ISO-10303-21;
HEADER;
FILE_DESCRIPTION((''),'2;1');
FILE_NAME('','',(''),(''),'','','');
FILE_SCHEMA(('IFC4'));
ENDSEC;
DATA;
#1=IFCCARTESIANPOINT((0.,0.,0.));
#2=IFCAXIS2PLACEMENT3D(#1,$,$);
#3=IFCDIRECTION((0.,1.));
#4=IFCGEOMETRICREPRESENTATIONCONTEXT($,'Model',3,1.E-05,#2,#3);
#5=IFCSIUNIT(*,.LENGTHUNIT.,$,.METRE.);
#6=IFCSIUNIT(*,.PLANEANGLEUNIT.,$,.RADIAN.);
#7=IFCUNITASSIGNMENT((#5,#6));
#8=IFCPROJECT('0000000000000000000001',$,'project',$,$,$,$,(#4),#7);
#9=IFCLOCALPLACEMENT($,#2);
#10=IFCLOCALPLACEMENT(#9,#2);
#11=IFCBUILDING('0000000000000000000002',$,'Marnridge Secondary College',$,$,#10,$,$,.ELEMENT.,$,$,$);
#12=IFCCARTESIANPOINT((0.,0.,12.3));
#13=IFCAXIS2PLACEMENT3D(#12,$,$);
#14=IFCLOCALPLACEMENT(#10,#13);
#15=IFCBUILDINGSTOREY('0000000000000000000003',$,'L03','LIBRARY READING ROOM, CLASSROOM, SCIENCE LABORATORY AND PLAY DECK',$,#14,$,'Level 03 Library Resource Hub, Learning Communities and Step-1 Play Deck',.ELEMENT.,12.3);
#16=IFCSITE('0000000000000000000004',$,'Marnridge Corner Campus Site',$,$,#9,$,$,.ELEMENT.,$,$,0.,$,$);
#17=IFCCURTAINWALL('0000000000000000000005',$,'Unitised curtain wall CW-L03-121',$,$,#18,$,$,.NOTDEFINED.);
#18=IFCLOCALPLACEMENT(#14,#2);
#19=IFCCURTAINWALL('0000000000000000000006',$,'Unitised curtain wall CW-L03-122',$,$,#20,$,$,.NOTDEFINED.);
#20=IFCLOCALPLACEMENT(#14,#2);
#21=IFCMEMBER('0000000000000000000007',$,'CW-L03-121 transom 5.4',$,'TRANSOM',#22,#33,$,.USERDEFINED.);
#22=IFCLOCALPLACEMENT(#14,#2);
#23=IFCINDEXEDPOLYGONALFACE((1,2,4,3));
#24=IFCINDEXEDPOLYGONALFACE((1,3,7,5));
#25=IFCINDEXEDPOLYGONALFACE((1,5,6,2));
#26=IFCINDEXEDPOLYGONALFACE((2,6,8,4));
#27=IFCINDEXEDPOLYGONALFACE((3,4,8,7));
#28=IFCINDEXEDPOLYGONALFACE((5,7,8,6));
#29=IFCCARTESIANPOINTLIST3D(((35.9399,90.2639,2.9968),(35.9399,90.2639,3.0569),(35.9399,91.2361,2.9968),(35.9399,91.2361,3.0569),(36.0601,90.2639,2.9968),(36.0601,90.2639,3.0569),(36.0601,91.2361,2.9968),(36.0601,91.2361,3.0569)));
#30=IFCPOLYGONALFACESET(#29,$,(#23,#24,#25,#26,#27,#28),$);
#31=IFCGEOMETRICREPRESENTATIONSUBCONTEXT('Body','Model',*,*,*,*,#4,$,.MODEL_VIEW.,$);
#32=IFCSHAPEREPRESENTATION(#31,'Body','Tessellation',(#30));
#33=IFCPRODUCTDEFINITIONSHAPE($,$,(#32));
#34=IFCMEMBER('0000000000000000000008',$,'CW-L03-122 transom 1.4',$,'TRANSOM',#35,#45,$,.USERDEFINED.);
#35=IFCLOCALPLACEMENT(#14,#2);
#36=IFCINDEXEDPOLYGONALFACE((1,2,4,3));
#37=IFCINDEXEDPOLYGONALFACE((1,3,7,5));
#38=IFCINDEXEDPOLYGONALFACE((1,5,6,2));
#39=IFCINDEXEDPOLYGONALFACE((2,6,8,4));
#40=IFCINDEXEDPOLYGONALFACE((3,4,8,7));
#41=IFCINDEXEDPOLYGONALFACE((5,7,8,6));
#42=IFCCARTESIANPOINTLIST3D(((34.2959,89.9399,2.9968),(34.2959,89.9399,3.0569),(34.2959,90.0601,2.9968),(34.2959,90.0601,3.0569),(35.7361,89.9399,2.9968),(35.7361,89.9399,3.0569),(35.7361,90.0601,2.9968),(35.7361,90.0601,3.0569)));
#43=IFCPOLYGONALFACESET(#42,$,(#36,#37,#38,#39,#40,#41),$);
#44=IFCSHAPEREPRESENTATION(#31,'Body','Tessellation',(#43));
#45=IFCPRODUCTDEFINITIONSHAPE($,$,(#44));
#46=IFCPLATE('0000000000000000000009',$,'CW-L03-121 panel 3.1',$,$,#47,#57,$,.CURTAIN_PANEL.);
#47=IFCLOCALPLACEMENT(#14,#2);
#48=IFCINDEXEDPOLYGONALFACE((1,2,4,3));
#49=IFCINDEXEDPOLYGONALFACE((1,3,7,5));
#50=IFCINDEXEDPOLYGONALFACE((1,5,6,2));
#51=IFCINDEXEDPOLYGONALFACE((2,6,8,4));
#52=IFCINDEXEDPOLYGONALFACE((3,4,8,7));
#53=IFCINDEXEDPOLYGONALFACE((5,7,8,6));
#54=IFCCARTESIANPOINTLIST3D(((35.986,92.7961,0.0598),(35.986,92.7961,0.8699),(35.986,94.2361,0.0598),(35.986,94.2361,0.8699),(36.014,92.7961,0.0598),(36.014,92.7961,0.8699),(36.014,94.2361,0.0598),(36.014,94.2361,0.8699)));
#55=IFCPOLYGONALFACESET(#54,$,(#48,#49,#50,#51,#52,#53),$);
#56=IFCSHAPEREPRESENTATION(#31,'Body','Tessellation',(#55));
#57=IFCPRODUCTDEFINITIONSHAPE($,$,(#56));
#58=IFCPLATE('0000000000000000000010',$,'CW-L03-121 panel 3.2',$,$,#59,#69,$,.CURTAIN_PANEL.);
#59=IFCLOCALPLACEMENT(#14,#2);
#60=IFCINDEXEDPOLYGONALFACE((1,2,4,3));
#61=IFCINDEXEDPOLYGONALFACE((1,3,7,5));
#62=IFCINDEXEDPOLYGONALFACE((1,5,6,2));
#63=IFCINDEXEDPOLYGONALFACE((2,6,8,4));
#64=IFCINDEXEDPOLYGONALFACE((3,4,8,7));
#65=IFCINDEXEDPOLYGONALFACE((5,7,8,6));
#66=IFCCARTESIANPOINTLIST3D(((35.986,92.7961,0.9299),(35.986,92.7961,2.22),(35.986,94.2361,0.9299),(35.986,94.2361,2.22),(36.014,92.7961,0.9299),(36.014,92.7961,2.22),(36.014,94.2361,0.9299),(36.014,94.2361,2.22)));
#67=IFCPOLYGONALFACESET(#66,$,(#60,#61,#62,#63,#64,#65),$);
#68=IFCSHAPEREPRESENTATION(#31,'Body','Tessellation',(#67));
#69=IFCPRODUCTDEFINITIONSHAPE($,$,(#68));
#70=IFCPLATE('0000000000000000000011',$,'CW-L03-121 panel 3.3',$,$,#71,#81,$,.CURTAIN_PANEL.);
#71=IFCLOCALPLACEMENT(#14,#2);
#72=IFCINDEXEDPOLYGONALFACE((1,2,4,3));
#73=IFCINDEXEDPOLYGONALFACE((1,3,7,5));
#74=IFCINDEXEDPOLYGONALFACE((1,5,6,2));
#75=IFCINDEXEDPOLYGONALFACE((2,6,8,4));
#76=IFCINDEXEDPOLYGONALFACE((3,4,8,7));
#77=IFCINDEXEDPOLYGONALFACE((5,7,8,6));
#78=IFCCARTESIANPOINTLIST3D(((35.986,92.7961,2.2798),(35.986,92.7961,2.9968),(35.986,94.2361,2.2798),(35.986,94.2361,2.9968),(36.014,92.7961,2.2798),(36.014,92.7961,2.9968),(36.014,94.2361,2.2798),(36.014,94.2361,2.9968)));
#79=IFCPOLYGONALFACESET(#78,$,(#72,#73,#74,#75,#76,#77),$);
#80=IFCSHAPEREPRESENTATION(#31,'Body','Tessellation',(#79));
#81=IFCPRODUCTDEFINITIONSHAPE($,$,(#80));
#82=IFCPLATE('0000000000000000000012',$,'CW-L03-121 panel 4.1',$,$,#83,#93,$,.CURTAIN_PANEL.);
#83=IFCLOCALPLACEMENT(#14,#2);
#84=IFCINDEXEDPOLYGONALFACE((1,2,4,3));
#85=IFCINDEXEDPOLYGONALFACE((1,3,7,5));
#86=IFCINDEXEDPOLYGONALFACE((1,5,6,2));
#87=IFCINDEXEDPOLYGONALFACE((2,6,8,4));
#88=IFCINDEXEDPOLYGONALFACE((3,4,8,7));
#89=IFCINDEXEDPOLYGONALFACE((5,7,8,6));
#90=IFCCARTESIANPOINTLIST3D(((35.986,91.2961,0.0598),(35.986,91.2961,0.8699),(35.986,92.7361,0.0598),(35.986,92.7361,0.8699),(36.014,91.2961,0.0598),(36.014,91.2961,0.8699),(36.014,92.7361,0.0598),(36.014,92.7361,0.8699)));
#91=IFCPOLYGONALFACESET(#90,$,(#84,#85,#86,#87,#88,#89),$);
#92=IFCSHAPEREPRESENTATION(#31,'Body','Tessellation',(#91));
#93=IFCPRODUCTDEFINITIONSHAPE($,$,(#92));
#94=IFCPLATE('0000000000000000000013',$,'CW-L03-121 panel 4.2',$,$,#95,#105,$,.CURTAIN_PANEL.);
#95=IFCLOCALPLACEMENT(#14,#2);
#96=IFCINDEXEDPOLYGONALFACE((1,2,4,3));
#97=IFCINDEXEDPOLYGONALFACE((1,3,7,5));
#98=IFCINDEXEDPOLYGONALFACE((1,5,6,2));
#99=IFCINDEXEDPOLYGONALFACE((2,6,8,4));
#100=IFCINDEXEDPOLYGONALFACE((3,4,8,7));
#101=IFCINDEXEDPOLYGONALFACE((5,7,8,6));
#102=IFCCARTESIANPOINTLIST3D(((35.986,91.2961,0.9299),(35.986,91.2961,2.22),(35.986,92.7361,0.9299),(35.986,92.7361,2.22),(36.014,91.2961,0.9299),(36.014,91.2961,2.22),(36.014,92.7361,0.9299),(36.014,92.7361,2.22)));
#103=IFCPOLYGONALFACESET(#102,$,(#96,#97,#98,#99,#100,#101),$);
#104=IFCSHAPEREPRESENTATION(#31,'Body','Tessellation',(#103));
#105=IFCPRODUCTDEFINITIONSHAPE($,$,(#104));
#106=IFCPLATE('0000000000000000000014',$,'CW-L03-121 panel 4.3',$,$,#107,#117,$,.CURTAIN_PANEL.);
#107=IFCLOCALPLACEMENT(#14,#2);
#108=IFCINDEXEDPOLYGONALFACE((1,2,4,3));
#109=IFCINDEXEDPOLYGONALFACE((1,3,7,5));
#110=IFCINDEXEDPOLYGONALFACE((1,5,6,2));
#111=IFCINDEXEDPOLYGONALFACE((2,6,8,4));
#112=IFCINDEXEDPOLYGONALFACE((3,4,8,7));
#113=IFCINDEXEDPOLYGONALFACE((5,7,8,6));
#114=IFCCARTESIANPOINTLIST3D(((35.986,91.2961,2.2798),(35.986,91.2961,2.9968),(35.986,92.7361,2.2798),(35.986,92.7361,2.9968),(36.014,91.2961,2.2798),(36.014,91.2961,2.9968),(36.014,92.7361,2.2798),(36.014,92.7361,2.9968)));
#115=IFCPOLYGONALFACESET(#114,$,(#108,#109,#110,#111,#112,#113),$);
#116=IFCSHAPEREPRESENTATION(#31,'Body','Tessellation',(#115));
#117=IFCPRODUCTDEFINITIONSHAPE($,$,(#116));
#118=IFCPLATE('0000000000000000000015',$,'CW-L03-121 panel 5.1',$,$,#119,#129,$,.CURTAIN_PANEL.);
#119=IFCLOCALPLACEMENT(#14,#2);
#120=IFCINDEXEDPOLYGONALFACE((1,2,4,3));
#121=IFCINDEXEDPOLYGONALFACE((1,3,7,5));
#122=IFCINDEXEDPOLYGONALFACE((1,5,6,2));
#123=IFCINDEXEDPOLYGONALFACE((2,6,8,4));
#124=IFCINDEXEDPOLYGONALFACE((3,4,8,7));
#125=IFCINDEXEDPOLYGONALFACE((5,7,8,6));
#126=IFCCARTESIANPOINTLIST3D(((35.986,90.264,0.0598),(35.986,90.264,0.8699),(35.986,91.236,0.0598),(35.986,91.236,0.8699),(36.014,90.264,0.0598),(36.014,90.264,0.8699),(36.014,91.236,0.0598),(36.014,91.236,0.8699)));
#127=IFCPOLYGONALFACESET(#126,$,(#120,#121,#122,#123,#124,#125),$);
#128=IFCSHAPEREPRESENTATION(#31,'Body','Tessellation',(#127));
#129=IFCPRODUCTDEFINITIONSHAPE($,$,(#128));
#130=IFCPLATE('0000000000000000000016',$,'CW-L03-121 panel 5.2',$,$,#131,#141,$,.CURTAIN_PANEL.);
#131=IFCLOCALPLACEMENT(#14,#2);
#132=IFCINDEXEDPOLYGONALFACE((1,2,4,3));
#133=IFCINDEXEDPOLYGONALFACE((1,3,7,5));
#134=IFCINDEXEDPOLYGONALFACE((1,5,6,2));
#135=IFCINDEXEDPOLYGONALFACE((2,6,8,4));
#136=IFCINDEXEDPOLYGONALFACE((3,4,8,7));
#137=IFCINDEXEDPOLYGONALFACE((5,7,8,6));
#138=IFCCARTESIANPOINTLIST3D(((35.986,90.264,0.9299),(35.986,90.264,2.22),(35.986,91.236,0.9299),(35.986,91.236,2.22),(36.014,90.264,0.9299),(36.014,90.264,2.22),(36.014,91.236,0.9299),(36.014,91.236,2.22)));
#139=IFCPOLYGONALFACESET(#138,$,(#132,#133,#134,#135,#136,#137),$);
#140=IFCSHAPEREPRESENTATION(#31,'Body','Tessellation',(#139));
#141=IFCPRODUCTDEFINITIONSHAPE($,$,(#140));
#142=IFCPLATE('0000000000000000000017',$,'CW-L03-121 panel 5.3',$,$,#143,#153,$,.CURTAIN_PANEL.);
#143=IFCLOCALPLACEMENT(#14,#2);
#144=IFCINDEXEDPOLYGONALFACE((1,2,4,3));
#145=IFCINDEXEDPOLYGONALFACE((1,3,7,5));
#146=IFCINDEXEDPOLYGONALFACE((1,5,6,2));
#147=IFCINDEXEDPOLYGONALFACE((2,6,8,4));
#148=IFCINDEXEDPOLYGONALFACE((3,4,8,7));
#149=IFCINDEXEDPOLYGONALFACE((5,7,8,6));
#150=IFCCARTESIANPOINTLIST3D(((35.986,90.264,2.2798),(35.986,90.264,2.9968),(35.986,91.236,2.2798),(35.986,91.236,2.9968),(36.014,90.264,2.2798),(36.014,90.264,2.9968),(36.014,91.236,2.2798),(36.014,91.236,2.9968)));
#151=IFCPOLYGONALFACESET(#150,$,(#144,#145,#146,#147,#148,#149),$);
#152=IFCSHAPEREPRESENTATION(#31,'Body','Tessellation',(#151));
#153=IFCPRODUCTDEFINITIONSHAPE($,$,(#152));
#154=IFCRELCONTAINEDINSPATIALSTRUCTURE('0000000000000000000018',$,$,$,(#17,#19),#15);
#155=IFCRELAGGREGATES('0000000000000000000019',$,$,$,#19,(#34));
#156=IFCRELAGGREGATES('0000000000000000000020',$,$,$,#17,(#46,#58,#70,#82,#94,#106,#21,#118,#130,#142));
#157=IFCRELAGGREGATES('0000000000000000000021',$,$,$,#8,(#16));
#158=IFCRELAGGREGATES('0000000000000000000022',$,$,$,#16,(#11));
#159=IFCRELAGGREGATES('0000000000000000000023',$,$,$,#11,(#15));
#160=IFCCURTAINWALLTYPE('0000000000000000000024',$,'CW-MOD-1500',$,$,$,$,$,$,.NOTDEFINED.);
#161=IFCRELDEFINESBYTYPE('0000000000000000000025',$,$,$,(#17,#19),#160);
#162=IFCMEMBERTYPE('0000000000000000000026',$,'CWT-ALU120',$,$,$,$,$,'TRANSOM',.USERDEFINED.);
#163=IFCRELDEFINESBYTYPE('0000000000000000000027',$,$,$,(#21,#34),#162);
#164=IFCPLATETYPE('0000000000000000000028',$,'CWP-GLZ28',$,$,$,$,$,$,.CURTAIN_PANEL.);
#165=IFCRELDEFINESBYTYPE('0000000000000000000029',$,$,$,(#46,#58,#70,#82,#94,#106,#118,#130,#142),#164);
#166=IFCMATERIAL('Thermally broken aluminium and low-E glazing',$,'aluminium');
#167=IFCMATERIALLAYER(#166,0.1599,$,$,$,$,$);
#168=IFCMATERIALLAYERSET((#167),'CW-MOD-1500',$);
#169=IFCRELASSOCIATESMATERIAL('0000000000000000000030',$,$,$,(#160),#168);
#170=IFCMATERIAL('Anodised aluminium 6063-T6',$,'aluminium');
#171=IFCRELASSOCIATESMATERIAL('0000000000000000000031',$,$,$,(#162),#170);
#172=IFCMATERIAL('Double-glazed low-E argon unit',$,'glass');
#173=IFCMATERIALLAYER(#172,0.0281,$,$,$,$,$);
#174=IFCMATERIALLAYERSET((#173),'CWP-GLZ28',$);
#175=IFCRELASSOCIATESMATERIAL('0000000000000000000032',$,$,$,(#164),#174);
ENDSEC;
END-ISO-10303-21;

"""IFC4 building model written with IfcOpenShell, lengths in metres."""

from ifc_helpers import new_model, si_unit, direction, frame, origin, origin_2d, place, context, subcontext, project, spatial, rectangle, extrude, material, layer, layer_set, material_profile, profile_set, type_object, element, aggregate, save


model = new_model("IFC4")

# Units and contexts
model_context = context("Model", 3, precision=1e-05, world=origin(), true_north=direction((0.0, 1.0)))
body_context = subcontext(model_context, "Body", "Model", "MODEL_VIEW")
ifc_project = project(units=[si_unit("LENGTHUNIT", "METRE"), si_unit("PLANEANGLEUNIT", "RADIAN")], contexts=[model_context])

# Site, building, storey
site_placement = place(None, origin())
site = spatial("IfcSite", under=ifc_project, at=site_placement, Name="Marnridge Corner Campus Site", CompositionType="ELEMENT", RefElevation=0.0)
building_placement = place(site_placement, origin())
building = spatial("IfcBuilding", under=site, at=building_placement, Name="Marnridge Secondary College", CompositionType="ELEMENT")
storey_placement = place(building_placement, frame((0.0, 0.0, 12.3)))
storey = spatial("IfcBuildingStorey", under=building, at=storey_placement, Name="L03", Description="LIBRARY READING ROOM, CLASSROOM, SCIENCE LABORATORY AND PLAY DECK", LongName="Level 03 Library Resource Hub, Learning Communities and Step-1 Play Deck", CompositionType="ELEMENT", Elevation=12.3)

# Curtain wall
ifc_material_1 = material(Name="Thermally broken aluminium and low-E glazing", Category="aluminium")
ifc_layer_1 = layer(ifc_material_1, 0.1599)
ifc_layer_set_1 = layer_set([ifc_layer_1], Name="CW-MOD-1500")
curtain_wall_type = type_object("IfcCurtainWallType", Name="CW-MOD-1500", PredefinedType="NOTDEFINED", material=ifc_layer_set_1)
curtain_wall_1_placement = place(storey_placement, origin())
curtain_wall_1 = element("IfcCurtainWall", 1, at=curtain_wall_1_placement, inside=storey, type_object=curtain_wall_type, Name="Unitised curtain wall CW-L03-121", PredefinedType="NOTDEFINED")

# Curtain wall
curtain_wall_2_placement = place(storey_placement, origin())
curtain_wall_2 = element("IfcCurtainWall", 2, at=curtain_wall_2_placement, inside=storey, type_object=curtain_wall_type, Name="Unitised curtain wall CW-L03-122", PredefinedType="NOTDEFINED")

# Members
ifc_material_2 = material(Name="Anodised aluminium 6063-T6", Category="aluminium")
ifc_material_profile_1 = material_profile(ifc_material_2, rectangle(XDim=0.0601, YDim=0.1201, at=origin_2d()), Name="ALU 60x120")
ifc_profile_set_1 = profile_set([ifc_material_profile_1], Name="Anodised aluminium 6063-T6")
member_type_1 = type_object("IfcMemberType", Name="CWT-ALU120", ElementType="TRANSOM", PredefinedType="USERDEFINED", material=ifc_profile_set_1)
member_1_placement = place(storey_placement, frame((36.0, 91.2361, 3.0269), z_axis=(0.0, -1.0, 0.0), x_axis=(0.0, 0.0, 1.0)))
member_1 = element("IfcMember", 3, at=member_1_placement, type_object=member_type_1, Name="CW-L03-121 transom 5.4", ObjectType="TRANSOM", PredefinedType="USERDEFINED", context=body_context, shape_type="SweptSolid", body=[
    extrude(rectangle(XDim=0.0601, YDim=0.1201, at=origin_2d()), origin(), (0.0, 0.0, 1.0), 0.9722),
])
member_2_placement = place(storey_placement, frame((35.7361, 90.0, 3.0269), z_axis=(-1.0, 0.0, 0.0), x_axis=(0.0, 0.0, 1.0)))
member_2 = element("IfcMember", 4, at=member_2_placement, type_object=member_type_1, Name="CW-L03-122 transom 1.4", ObjectType="TRANSOM", PredefinedType="USERDEFINED", context=body_context, shape_type="SweptSolid", body=[
    extrude(rectangle(XDim=0.0601, YDim=0.1201, at=origin_2d()), origin(), (0.0, 0.0, 1.0), 1.4402),
])
aggregate(curtain_wall_2, [member_2])

# Plates
ifc_material_3 = material(Name="Double-glazed low-E argon unit", Category="glass")
ifc_layer_2 = layer(ifc_material_3, 0.0281)
ifc_layer_set_2 = layer_set([ifc_layer_2], Name="CWP-GLZ28")
plate_type = type_object("IfcPlateType", Name="CWP-GLZ28", PredefinedType="CURTAIN_PANEL", material=ifc_layer_set_2)
plate_1_placement = place(storey_placement, frame((36.0, 93.5161, 0.0598), z_axis=(0.0, 0.0, 1.0), x_axis=(0.0, -1.0, 0.0)))
plate_1 = element("IfcPlate", 5, at=plate_1_placement, type_object=plate_type, Name="CW-L03-121 panel 3.1", PredefinedType="CURTAIN_PANEL", context=body_context, shape_type="SweptSolid", body=[
    extrude(rectangle(XDim=1.4399, YDim=0.0281, at=origin_2d()), origin(), (0.0, 0.0, 1.0), 0.8101),
])
plate_2_placement = place(storey_placement, frame((36.0, 93.5161, 0.9299), z_axis=(0.0, 0.0, 1.0), x_axis=(0.0, -1.0, 0.0)))
plate_2 = element("IfcPlate", 6, at=plate_2_placement, type_object=plate_type, Name="CW-L03-121 panel 3.2", PredefinedType="CURTAIN_PANEL", context=body_context, shape_type="SweptSolid", body=[
    extrude(rectangle(XDim=1.4399, YDim=0.0281, at=origin_2d()), origin(), (0.0, 0.0, 1.0), 1.29),
])
plate_3_placement = place(storey_placement, frame((36.0, 93.5161, 2.2798), z_axis=(0.0, 0.0, 1.0), x_axis=(0.0, -1.0, 0.0)))
plate_3 = element("IfcPlate", 7, at=plate_3_placement, type_object=plate_type, Name="CW-L03-121 panel 3.3", PredefinedType="CURTAIN_PANEL", context=body_context, shape_type="SweptSolid", body=[
    extrude(rectangle(XDim=1.4399, YDim=0.0281, at=origin_2d()), origin(), (0.0, 0.0, 1.0), 0.717),
])
plate_4_placement = place(storey_placement, frame((36.0, 92.0161, 0.0598), z_axis=(0.0, 0.0, 1.0), x_axis=(0.0, -1.0, 0.0)))
plate_4 = element("IfcPlate", 8, at=plate_4_placement, type_object=plate_type, Name="CW-L03-121 panel 4.1", PredefinedType="CURTAIN_PANEL", context=body_context, shape_type="SweptSolid", body=[
    extrude(rectangle(XDim=1.4399, YDim=0.0281, at=origin_2d()), origin(), (0.0, 0.0, 1.0), 0.8101),
])
plate_5_placement = place(storey_placement, frame((36.0, 92.0161, 0.9299), z_axis=(0.0, 0.0, 1.0), x_axis=(0.0, -1.0, 0.0)))
plate_5 = element("IfcPlate", 9, at=plate_5_placement, type_object=plate_type, Name="CW-L03-121 panel 4.2", PredefinedType="CURTAIN_PANEL", context=body_context, shape_type="SweptSolid", body=[
    extrude(rectangle(XDim=1.4399, YDim=0.0281, at=origin_2d()), origin(), (0.0, 0.0, 1.0), 1.29),
])
plate_6_placement = place(storey_placement, frame((36.0, 92.0161, 2.2798), z_axis=(0.0, 0.0, 1.0), x_axis=(0.0, -1.0, 0.0)))
plate_6 = element("IfcPlate", 10, at=plate_6_placement, type_object=plate_type, Name="CW-L03-121 panel 4.3", PredefinedType="CURTAIN_PANEL", context=body_context, shape_type="SweptSolid", body=[
    extrude(rectangle(XDim=1.4399, YDim=0.0281, at=origin_2d()), origin(), (0.0, 0.0, 1.0), 0.717),
])
plate_7_placement = place(storey_placement, frame((36.0, 90.75, 0.0598), z_axis=(0.0, 0.0, 1.0), x_axis=(0.0, -1.0, 0.0)))
plate_7 = element("IfcPlate", 11, at=plate_7_placement, type_object=plate_type, Name="CW-L03-121 panel 5.1", PredefinedType="CURTAIN_PANEL", context=body_context, shape_type="SweptSolid", body=[
    extrude(rectangle(XDim=0.9719, YDim=0.0281, at=origin_2d()), origin(), (0.0, 0.0, 1.0), 0.8101),
])
plate_8_placement = place(storey_placement, frame((36.0, 90.75, 0.9299), z_axis=(0.0, 0.0, 1.0), x_axis=(0.0, -1.0, 0.0)))
plate_8 = element("IfcPlate", 12, at=plate_8_placement, type_object=plate_type, Name="CW-L03-121 panel 5.2", PredefinedType="CURTAIN_PANEL", context=body_context, shape_type="SweptSolid", body=[
    extrude(rectangle(XDim=0.9719, YDim=0.0281, at=origin_2d()), origin(), (0.0, 0.0, 1.0), 1.29),
])
plate_9_placement = place(storey_placement, frame((36.0, 90.75, 2.2798), z_axis=(0.0, 0.0, 1.0), x_axis=(0.0, -1.0, 0.0)))
plate_9 = element("IfcPlate", 13, at=plate_9_placement, type_object=plate_type, Name="CW-L03-121 panel 5.3", PredefinedType="CURTAIN_PANEL", context=body_context, shape_type="SweptSolid", body=[
    extrude(rectangle(XDim=0.9719, YDim=0.0281, at=origin_2d()), origin(), (0.0, 0.0, 1.0), 0.717),
])
aggregate(curtain_wall_1, [plate_1, plate_2, plate_3, plate_4, plate_5, plate_6, member_1, plate_7, plate_8, plate_9])

save(model, "model.ifc")
